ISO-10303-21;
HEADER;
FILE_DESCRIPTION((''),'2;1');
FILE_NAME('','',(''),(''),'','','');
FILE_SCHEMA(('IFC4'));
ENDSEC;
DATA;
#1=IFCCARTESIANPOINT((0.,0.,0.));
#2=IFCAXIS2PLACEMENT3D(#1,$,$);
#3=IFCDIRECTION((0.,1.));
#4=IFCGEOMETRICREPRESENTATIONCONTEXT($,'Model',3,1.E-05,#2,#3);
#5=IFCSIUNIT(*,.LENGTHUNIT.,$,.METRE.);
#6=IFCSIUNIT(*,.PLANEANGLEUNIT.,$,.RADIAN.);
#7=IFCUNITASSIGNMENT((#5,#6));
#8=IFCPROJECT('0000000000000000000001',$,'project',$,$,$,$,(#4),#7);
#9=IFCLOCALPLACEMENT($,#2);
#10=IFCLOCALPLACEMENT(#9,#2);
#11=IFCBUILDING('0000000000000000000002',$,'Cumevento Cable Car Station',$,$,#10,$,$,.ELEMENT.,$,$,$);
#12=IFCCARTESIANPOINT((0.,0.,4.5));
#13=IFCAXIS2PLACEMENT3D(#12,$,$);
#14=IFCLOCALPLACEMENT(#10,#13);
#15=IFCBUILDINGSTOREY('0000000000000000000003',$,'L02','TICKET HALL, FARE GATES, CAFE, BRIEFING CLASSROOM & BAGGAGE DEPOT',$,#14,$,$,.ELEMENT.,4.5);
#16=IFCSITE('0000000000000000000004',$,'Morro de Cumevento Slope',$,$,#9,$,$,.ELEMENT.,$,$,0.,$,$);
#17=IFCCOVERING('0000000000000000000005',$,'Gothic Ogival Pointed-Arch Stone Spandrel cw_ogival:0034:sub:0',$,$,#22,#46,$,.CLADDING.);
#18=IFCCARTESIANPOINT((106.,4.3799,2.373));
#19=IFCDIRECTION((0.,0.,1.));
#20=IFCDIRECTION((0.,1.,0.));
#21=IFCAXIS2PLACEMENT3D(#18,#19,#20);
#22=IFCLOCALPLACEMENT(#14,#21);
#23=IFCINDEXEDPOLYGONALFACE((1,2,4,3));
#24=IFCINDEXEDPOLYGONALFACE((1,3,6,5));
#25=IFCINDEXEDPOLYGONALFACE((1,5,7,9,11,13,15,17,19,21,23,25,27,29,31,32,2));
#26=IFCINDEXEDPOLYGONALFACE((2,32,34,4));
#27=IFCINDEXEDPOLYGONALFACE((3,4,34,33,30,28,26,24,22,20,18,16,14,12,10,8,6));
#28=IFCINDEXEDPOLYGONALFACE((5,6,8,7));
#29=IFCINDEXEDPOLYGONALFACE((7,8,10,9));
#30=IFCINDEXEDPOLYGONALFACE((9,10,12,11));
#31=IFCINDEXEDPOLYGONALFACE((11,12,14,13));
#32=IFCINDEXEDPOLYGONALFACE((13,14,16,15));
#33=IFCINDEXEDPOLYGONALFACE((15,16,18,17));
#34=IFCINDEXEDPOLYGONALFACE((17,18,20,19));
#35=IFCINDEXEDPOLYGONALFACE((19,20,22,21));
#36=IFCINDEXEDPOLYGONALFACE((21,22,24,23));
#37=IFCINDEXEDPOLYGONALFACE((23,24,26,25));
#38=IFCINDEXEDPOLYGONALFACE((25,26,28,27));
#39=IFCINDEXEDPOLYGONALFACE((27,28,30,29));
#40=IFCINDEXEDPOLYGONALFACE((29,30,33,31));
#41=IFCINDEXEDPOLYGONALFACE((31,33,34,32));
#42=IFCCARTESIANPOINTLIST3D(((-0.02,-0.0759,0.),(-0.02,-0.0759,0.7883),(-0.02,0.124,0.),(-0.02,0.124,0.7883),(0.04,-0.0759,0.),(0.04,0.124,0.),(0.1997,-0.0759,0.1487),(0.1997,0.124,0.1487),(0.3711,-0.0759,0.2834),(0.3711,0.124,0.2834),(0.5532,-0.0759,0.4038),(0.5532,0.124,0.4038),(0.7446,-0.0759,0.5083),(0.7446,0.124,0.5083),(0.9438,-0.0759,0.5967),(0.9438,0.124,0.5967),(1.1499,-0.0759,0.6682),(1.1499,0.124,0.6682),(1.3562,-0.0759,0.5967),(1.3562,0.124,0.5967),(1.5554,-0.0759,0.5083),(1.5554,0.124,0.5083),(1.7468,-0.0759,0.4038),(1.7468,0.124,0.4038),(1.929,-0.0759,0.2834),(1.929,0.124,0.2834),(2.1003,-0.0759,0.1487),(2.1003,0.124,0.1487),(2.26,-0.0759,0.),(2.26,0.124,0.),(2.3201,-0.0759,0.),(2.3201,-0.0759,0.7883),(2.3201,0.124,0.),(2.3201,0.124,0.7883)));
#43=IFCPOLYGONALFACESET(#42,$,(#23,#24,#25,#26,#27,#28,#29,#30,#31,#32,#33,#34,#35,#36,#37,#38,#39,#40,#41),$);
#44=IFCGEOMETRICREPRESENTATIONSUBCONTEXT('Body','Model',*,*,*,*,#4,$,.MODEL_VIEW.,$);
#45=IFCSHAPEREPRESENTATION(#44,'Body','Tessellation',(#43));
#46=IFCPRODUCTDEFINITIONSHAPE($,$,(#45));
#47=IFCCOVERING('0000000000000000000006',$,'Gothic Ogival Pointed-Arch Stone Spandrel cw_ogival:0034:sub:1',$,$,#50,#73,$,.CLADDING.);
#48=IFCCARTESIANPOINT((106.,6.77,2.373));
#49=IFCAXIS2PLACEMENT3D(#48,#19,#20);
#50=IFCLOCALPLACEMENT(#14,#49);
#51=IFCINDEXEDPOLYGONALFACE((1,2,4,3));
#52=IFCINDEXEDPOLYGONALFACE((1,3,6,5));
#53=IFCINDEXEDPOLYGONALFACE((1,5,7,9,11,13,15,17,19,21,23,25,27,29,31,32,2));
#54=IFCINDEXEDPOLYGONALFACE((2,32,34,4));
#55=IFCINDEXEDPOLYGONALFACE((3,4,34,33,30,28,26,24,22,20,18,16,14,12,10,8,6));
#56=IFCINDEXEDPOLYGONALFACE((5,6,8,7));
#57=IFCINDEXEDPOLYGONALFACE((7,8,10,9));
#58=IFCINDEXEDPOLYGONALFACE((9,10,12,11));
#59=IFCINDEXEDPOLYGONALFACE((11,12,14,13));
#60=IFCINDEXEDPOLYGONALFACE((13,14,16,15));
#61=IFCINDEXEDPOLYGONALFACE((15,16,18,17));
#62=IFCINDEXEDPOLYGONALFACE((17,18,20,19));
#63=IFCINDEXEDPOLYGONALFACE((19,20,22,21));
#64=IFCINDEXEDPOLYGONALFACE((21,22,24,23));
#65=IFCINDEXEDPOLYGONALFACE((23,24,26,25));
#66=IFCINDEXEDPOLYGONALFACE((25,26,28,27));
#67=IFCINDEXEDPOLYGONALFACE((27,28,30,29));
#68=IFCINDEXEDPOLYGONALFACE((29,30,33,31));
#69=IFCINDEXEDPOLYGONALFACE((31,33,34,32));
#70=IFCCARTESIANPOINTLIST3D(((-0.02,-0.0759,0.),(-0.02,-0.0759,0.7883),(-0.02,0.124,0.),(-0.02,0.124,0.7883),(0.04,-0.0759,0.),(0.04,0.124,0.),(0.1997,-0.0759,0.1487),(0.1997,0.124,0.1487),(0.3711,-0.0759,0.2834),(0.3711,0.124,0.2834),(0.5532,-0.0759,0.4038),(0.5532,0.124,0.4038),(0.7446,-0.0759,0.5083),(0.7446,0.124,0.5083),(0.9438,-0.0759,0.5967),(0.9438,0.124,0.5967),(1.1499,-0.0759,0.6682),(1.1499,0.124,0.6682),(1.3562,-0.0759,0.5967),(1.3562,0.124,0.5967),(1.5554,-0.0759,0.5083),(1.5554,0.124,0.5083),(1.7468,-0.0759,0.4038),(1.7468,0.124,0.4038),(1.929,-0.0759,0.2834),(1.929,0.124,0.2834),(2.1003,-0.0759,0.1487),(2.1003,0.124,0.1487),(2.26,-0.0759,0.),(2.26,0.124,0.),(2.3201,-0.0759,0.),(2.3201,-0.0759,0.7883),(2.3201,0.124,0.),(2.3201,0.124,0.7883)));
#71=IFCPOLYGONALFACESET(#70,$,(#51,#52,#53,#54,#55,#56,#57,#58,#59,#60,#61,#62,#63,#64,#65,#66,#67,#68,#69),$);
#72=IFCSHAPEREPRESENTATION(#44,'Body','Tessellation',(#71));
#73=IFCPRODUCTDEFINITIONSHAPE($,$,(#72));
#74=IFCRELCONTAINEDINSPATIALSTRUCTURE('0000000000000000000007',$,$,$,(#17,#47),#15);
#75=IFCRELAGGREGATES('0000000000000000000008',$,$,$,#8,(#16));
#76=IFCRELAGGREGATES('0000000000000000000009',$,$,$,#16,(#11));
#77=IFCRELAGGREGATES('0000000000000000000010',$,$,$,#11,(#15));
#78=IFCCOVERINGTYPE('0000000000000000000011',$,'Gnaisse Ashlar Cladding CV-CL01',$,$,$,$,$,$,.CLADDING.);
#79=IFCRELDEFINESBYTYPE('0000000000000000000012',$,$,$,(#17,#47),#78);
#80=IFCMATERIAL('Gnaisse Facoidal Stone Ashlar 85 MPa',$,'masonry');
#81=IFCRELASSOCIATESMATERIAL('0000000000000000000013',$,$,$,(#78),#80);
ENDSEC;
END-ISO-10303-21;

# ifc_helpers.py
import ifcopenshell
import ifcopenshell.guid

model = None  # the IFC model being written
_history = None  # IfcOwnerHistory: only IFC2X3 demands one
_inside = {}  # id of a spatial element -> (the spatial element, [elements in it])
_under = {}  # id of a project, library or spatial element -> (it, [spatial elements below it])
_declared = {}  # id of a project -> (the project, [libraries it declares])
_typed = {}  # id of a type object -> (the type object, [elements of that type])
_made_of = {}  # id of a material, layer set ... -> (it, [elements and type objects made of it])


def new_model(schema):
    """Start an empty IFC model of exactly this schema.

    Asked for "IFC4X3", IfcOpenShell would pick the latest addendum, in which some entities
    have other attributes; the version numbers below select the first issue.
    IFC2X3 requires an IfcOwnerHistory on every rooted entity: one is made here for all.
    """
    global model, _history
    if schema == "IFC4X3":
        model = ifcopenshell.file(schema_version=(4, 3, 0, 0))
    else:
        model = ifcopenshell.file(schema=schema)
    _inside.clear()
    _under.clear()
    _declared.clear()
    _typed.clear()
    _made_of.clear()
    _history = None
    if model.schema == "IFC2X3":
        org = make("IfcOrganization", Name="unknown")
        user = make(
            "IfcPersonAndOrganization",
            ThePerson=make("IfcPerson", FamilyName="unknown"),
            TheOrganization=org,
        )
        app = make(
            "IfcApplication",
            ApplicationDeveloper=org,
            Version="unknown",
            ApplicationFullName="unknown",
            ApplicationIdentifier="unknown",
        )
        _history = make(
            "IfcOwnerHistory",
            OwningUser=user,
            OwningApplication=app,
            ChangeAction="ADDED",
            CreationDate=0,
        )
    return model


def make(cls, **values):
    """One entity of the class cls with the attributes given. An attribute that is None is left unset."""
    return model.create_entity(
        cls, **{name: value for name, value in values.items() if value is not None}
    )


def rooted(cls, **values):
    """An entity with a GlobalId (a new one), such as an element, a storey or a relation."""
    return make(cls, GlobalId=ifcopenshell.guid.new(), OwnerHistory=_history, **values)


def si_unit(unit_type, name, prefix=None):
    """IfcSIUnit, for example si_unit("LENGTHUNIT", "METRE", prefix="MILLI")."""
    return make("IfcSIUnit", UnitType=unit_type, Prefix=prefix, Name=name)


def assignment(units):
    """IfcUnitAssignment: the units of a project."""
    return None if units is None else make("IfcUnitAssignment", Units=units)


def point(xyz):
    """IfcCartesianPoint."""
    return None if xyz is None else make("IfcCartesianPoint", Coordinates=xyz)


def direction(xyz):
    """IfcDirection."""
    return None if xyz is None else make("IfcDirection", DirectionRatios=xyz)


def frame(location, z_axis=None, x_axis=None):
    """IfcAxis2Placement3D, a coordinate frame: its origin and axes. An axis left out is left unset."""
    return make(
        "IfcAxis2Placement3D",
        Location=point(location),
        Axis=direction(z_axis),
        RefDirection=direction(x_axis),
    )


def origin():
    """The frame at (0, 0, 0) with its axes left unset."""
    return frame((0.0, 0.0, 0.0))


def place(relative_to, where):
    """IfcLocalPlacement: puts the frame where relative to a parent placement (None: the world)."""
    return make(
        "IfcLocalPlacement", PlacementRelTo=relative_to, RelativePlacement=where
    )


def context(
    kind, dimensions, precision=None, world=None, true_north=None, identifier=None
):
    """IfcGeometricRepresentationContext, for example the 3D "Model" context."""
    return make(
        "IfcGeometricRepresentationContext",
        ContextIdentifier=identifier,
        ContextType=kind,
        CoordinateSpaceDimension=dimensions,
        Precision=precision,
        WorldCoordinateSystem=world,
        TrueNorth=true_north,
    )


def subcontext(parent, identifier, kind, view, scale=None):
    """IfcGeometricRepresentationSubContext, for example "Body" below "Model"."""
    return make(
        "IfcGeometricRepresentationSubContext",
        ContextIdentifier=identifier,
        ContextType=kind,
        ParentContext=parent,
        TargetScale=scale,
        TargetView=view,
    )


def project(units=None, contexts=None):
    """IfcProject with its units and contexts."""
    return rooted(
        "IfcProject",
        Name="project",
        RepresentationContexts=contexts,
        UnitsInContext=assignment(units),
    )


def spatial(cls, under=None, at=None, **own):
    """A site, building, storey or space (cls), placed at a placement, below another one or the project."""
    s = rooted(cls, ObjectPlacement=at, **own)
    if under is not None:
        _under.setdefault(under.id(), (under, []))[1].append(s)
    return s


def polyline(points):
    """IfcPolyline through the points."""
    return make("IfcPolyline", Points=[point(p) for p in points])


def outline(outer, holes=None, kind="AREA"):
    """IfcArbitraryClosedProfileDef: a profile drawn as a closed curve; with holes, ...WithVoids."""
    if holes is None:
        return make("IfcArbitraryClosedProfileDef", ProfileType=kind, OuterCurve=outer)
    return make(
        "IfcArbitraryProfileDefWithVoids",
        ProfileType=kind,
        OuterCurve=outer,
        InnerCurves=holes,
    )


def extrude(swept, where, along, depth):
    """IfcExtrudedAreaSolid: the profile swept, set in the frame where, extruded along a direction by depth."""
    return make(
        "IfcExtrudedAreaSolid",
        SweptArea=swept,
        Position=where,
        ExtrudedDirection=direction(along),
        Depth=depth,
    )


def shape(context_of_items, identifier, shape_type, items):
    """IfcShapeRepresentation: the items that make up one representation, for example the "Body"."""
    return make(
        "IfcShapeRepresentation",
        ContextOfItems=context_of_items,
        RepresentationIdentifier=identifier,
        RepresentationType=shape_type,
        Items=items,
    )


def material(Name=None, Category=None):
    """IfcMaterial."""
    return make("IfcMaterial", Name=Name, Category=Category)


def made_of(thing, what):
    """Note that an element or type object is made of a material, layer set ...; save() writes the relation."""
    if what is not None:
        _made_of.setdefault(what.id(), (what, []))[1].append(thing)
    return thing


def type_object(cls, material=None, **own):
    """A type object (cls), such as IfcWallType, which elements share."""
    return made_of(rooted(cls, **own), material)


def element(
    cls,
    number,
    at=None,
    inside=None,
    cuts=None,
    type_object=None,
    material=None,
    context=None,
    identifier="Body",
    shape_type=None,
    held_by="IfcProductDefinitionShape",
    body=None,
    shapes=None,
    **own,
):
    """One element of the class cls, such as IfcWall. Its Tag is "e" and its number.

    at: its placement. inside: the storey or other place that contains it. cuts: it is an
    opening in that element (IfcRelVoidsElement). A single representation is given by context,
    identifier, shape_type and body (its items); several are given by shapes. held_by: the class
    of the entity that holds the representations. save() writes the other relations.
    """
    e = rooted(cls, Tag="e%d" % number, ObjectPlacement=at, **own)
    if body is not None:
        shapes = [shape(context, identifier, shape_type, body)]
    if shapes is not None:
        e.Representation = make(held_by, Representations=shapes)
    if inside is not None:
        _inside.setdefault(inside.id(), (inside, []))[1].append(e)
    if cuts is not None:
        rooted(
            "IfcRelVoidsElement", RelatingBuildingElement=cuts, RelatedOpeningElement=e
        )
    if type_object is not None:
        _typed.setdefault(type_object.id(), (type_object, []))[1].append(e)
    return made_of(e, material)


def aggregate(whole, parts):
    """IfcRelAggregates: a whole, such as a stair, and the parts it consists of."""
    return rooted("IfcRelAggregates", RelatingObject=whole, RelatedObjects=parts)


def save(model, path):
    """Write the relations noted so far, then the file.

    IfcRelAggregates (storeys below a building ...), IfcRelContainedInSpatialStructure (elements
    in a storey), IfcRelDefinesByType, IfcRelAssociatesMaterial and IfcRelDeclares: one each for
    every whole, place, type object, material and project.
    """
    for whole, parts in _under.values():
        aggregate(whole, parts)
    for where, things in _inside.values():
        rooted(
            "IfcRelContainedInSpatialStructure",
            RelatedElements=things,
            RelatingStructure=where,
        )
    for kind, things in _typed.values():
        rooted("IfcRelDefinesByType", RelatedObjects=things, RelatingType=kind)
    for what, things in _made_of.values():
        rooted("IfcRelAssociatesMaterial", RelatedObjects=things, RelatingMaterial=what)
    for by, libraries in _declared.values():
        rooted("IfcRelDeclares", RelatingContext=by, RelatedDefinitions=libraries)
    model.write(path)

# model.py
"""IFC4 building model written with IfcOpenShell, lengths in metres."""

from ifc_helpers import new_model, si_unit, direction, frame, origin, place, context, subcontext, project, spatial, polyline, outline, extrude, material, type_object, element, save


model = new_model("IFC4")

# Units and contexts
model_context = context("Model", 3, precision=1e-05, world=origin(), true_north=direction((0.0, 1.0)))
body_context = subcontext(model_context, "Body", "Model", "MODEL_VIEW")
ifc_project = project(units=[si_unit("LENGTHUNIT", "METRE"), si_unit("PLANEANGLEUNIT", "RADIAN")], contexts=[model_context])

# Site, building, storey
site_placement = place(None, origin())
site = spatial("IfcSite", under=ifc_project, at=site_placement, Name="Morro de Cumevento Slope", CompositionType="ELEMENT", RefElevation=0.0)
building_placement = place(site_placement, origin())
building = spatial("IfcBuilding", under=site, at=building_placement, Name="Cumevento Cable Car Station", CompositionType="ELEMENT")
storey_placement = place(building_placement, frame((0.0, 0.0, 4.5)))
storey = spatial("IfcBuildingStorey", under=building, at=storey_placement, Name="L02", Description="TICKET HALL, FARE GATES, CAFE, BRIEFING CLASSROOM & BAGGAGE DEPOT", CompositionType="ELEMENT", Elevation=4.5)

# Coverings
ifc_material_1 = material(Name="Gnaisse Facoidal Stone Ashlar 85 MPa", Category="masonry")
covering_type = type_object("IfcCoveringType", Name="Gnaisse Ashlar Cladding CV-CL01", PredefinedType="CLADDING", material=ifc_material_1)
for number, where, z_axis, x_axis, name in (
    (1, (106.0, 4.3799, 2.373), (0.0, 0.0, 1.0), (0.0, 1.0, 0.0), "Gothic Ogival Pointed-Arch Stone Spandrel cw_ogival:0034:sub:0"),
    (2, (106.0, 6.77, 2.373), (0.0, 0.0, 1.0), (0.0, 1.0, 0.0), "Gothic Ogival Pointed-Arch Stone Spandrel cw_ogival:0034:sub:1"),
):
    element("IfcCovering", number, at=place(storey_placement, frame(where, z_axis=z_axis, x_axis=x_axis)), inside=storey, type_object=covering_type, Name=name, PredefinedType="CLADDING", context=body_context, shape_type="SweptSolid", body=[
        extrude(outline(polyline([(-0.02, 0.0), (-0.02, 0.7883), (2.3201, 0.7883), (2.3201, 0.0), (2.26, 0.0), (2.1003, 0.1487), (1.929, 0.2834), (1.7468, 0.4038), (1.5554, 0.5083), (1.3562, 0.5967), (1.1499, 0.6682), (0.9438, 0.5967), (0.7446, 0.5083), (0.5532, 0.4038), (0.3711, 0.2834), (0.1997, 0.1487), (0.04, 0.0), (-0.02, 0.0)])), frame((0.0, 0.124, 0.0), z_axis=(0.0, -1.0, 0.0), x_axis=(1.0, 0.0, 0.0)), (0.0, 0.0, 1.0), 0.2),
    ])

save(model, "model.ifc")
